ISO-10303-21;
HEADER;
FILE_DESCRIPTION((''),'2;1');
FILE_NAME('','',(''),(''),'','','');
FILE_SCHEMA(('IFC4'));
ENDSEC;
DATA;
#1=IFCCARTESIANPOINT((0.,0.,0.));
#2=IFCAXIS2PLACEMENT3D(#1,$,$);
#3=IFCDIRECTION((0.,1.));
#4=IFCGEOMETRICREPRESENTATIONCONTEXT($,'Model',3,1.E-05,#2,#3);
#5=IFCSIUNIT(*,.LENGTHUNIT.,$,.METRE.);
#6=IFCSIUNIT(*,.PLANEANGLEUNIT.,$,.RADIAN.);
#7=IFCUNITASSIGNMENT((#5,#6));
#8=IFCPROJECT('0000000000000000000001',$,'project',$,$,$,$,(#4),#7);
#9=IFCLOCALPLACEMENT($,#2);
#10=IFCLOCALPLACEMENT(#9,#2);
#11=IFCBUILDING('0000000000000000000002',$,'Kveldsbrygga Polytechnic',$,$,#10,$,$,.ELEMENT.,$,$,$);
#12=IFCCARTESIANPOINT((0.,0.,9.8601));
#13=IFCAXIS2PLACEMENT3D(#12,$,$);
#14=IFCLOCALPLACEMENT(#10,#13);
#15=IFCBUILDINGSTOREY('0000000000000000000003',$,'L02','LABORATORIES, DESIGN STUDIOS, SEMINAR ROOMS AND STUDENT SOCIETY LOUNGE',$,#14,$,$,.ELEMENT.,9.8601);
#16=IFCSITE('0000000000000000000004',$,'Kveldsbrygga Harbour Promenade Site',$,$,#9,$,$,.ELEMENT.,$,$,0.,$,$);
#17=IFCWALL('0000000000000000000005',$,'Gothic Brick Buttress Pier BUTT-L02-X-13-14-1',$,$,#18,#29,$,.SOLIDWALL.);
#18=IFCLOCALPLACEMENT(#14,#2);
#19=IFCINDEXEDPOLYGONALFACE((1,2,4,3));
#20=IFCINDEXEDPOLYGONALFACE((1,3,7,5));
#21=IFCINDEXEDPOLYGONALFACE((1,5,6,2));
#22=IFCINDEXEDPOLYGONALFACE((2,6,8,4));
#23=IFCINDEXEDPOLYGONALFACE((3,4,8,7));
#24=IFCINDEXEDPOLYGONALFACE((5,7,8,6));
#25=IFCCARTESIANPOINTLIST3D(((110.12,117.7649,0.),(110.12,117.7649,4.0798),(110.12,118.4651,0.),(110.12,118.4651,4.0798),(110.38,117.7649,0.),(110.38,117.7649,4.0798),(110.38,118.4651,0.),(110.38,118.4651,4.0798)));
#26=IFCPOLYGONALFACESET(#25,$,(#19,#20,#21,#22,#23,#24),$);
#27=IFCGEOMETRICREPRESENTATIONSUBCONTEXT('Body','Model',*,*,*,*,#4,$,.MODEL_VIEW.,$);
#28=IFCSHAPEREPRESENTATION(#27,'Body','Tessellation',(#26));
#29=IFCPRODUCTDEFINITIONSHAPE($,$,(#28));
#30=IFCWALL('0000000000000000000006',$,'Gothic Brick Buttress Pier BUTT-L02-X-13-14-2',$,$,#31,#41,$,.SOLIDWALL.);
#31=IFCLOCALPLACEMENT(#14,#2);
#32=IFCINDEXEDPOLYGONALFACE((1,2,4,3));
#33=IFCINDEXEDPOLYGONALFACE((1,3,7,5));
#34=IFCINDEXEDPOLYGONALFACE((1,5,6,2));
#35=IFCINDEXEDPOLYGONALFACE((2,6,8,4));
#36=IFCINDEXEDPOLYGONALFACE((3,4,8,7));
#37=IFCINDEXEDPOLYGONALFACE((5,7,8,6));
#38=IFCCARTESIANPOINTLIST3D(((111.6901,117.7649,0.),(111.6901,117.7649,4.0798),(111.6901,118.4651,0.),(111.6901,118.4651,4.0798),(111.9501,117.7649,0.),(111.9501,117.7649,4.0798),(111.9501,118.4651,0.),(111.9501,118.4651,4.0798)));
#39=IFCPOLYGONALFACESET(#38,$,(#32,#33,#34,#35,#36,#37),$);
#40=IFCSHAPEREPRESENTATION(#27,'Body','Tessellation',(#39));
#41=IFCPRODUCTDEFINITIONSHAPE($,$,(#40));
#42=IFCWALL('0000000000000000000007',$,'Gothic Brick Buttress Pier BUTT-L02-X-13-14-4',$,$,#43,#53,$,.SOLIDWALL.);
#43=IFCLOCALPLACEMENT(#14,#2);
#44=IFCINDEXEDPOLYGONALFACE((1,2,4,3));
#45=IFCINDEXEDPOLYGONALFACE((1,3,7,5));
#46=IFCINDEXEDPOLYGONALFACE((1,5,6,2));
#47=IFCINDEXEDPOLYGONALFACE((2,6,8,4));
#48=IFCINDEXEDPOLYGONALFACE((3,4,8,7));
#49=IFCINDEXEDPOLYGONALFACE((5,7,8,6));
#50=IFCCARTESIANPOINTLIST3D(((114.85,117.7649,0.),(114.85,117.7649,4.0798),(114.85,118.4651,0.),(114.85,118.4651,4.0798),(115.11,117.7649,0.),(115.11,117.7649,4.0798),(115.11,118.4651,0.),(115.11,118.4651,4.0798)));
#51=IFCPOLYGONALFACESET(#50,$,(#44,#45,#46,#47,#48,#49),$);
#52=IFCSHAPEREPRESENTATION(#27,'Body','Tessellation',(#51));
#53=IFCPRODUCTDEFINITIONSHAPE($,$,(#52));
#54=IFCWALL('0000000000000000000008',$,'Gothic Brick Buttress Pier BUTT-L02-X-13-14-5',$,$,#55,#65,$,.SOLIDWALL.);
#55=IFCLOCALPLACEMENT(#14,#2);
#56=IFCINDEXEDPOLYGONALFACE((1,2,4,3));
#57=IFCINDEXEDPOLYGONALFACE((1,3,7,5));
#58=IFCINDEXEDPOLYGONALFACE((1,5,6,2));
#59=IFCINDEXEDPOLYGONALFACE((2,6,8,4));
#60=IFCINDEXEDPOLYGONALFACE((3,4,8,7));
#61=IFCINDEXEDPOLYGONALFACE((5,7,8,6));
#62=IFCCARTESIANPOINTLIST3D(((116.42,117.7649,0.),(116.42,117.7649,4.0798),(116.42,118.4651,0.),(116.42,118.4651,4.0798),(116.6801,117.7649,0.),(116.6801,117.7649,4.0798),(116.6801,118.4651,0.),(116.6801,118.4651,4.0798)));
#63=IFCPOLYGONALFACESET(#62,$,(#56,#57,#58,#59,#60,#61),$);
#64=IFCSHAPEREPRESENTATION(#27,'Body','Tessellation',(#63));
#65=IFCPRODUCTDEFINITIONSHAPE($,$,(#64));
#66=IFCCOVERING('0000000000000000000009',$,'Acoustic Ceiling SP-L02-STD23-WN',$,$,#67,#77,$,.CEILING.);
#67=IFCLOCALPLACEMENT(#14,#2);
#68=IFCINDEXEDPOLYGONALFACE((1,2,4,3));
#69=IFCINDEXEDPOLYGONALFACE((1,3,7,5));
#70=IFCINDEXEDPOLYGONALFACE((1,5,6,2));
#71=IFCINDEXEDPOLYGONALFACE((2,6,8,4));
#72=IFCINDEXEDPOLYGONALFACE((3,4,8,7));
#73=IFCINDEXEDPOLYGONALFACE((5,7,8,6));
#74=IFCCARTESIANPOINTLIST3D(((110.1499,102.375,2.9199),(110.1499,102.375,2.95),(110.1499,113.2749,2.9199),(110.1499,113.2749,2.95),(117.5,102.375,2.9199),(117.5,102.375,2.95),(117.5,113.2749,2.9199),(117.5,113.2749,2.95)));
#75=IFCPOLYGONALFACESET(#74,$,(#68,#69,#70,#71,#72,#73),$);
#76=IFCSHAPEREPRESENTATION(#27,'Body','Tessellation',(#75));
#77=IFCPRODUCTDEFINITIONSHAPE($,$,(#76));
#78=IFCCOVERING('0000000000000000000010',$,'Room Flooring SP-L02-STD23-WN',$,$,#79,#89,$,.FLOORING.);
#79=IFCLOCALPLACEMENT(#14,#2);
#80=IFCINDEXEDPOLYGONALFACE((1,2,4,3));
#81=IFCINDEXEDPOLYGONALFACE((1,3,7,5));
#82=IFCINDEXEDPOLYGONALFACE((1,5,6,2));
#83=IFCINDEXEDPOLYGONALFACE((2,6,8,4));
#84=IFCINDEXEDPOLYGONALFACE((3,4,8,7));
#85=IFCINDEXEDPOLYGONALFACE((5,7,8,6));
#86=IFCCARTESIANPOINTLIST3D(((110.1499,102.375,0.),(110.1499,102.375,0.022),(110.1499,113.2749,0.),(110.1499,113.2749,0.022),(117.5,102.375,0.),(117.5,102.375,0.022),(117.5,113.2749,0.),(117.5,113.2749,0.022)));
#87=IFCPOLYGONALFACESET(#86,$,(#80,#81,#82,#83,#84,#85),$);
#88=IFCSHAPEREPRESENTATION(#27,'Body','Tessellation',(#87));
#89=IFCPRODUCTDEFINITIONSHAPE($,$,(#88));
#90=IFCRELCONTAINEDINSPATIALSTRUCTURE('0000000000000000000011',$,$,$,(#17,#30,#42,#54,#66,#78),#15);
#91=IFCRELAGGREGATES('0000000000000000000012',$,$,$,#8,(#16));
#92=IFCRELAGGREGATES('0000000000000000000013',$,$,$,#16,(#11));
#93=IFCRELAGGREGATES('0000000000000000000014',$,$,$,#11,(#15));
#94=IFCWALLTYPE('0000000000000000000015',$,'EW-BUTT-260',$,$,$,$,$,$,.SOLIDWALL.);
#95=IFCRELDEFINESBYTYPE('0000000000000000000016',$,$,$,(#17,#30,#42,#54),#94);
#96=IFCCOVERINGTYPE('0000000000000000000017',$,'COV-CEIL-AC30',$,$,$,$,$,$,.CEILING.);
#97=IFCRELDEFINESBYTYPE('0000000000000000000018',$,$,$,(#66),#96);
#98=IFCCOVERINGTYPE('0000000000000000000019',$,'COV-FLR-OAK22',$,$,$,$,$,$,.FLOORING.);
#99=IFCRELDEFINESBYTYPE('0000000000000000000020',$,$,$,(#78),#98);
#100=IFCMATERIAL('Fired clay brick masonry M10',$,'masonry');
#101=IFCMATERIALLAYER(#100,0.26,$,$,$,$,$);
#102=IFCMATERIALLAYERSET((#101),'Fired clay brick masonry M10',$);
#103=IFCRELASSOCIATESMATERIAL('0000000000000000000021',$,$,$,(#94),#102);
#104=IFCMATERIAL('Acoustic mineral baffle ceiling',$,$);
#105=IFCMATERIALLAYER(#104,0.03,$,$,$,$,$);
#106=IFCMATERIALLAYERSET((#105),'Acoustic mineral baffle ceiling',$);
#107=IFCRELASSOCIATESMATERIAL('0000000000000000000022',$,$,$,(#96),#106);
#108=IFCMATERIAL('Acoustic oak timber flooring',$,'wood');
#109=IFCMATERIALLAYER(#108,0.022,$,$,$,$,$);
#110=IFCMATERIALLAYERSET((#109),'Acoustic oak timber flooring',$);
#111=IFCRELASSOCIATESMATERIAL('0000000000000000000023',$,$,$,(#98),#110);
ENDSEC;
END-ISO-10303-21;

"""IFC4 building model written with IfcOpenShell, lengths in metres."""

from ifc_helpers import new_model, si_unit, direction, frame, frame_2d, origin, origin_2d, place, context, subcontext, project, spatial, rectangle, extrude, material, layer, layer_set, type_object, element, save


model = new_model("IFC4")

# Units and contexts
model_context = context("Model", 3, precision=1e-05, world=origin(), true_north=direction((0.0, 1.0)))
body_context = subcontext(model_context, "Body", "Model", "MODEL_VIEW")
ifc_project = project(units=[si_unit("LENGTHUNIT", "METRE"), si_unit("PLANEANGLEUNIT", "RADIAN")], contexts=[model_context])

# Site, building, storey
site_placement = place(None, origin())
site = spatial("IfcSite", under=ifc_project, at=site_placement, Name="Kveldsbrygga Harbour Promenade Site", CompositionType="ELEMENT", RefElevation=0.0)
building_placement = place(site_placement, origin())
building = spatial("IfcBuilding", under=site, at=building_placement, Name="Kveldsbrygga Polytechnic", CompositionType="ELEMENT")
storey_placement = place(building_placement, frame((0.0, 0.0, 9.8601)))
storey = spatial("IfcBuildingStorey", under=building, at=storey_placement, Name="L02", Description="LABORATORIES, DESIGN STUDIOS, SEMINAR ROOMS AND STUDENT SOCIETY LOUNGE", CompositionType="ELEMENT", Elevation=9.8601)

# Shared definitions
ifc_material_1 = material(Name="Fired clay brick masonry M10", Category="masonry")

# Walls
ifc_layer_1 = layer(ifc_material_1, 0.26)
ifc_layer_set_1 = layer_set([ifc_layer_1], Name="Fired clay brick masonry M10")
wall_type_1 = type_object("IfcWallType", Name="EW-BUTT-260", PredefinedType="SOLIDWALL", material=ifc_layer_set_1)
for number, where, z_axis, x_axis, name in (
    (1, (110.25, 117.7649, 0.0), (0.0, 0.0, 1.0), (0.0, 1.0, 0.0), "Gothic Brick Buttress Pier BUTT-L02-X-13-14-1"),
    (2, (111.8201, 117.7649, 0.0), (0.0, 0.0, 1.0), (0.0, 1.0, 0.0), "Gothic Brick Buttress Pier BUTT-L02-X-13-14-2"),
    (3, (114.98, 117.7649, 0.0), (0.0, 0.0, 1.0), (0.0, 1.0, 0.0), "Gothic Brick Buttress Pier BUTT-L02-X-13-14-4"),
    (4, (116.55, 117.7649, 0.0), (0.0, 0.0, 1.0), (0.0, 1.0, 0.0), "Gothic Brick Buttress Pier BUTT-L02-X-13-14-5"),
):
    element("IfcWall", number, at=place(storey_placement, frame(where, z_axis=z_axis, x_axis=x_axis)), inside=storey, type_object=wall_type_1, Name=name, PredefinedType="SOLIDWALL", context=body_context, shape_type="SweptSolid", body=[
        extrude(rectangle(XDim=0.7002, YDim=0.26, at=frame_2d((0.3501, 0.0))), origin(), (0.0, 0.0, 1.0), 4.0798),
    ])

# Coverings
ifc_material_2 = material(Name="Acoustic mineral baffle ceiling")
ifc_layer_2 = layer(ifc_material_2, 0.03)
ifc_layer_set_2 = layer_set([ifc_layer_2], Name="Acoustic mineral baffle ceiling")
covering_type_1 = type_object("IfcCoveringType", Name="COV-CEIL-AC30", PredefinedType="CEILING", material=ifc_layer_set_2)
covering_1_placement = place(storey_placement, frame((113.825, 107.825, 2.9199), z_axis=(0.0, 0.0, 1.0), x_axis=(1.0, 0.0, 0.0)))
element("IfcCovering", 5, at=covering_1_placement, inside=storey, type_object=covering_type_1, Name="Acoustic Ceiling SP-L02-STD23-WN", PredefinedType="CEILING", context=body_context, shape_type="SweptSolid", body=[
    extrude(rectangle(XDim=7.3501, YDim=10.8999, at=origin_2d()), origin(), (0.0, 0.0, 1.0), 0.03),
])
ifc_material_3 = material(Name="Acoustic oak timber flooring", Category="wood")
ifc_layer_3 = layer(ifc_material_3, 0.022)
ifc_layer_set_3 = layer_set([ifc_layer_3], Name="Acoustic oak timber flooring")
covering_type_2 = type_object("IfcCoveringType", Name="COV-FLR-OAK22", PredefinedType="FLOORING", material=ifc_layer_set_3)
covering_2_placement = place(storey_placement, frame((113.825, 107.825, 0.0), z_axis=(0.0, 0.0, 1.0), x_axis=(1.0, 0.0, 0.0)))
element("IfcCovering", 6, at=covering_2_placement, inside=storey, type_object=covering_type_2, Name="Room Flooring SP-L02-STD23-WN", PredefinedType="FLOORING", context=body_context, shape_type="SweptSolid", body=[
    extrude(rectangle(XDim=7.3501, YDim=10.8999, at=origin_2d()), origin(), (0.0, 0.0, 1.0), 0.022),
])

save(model, "model.ifc")
